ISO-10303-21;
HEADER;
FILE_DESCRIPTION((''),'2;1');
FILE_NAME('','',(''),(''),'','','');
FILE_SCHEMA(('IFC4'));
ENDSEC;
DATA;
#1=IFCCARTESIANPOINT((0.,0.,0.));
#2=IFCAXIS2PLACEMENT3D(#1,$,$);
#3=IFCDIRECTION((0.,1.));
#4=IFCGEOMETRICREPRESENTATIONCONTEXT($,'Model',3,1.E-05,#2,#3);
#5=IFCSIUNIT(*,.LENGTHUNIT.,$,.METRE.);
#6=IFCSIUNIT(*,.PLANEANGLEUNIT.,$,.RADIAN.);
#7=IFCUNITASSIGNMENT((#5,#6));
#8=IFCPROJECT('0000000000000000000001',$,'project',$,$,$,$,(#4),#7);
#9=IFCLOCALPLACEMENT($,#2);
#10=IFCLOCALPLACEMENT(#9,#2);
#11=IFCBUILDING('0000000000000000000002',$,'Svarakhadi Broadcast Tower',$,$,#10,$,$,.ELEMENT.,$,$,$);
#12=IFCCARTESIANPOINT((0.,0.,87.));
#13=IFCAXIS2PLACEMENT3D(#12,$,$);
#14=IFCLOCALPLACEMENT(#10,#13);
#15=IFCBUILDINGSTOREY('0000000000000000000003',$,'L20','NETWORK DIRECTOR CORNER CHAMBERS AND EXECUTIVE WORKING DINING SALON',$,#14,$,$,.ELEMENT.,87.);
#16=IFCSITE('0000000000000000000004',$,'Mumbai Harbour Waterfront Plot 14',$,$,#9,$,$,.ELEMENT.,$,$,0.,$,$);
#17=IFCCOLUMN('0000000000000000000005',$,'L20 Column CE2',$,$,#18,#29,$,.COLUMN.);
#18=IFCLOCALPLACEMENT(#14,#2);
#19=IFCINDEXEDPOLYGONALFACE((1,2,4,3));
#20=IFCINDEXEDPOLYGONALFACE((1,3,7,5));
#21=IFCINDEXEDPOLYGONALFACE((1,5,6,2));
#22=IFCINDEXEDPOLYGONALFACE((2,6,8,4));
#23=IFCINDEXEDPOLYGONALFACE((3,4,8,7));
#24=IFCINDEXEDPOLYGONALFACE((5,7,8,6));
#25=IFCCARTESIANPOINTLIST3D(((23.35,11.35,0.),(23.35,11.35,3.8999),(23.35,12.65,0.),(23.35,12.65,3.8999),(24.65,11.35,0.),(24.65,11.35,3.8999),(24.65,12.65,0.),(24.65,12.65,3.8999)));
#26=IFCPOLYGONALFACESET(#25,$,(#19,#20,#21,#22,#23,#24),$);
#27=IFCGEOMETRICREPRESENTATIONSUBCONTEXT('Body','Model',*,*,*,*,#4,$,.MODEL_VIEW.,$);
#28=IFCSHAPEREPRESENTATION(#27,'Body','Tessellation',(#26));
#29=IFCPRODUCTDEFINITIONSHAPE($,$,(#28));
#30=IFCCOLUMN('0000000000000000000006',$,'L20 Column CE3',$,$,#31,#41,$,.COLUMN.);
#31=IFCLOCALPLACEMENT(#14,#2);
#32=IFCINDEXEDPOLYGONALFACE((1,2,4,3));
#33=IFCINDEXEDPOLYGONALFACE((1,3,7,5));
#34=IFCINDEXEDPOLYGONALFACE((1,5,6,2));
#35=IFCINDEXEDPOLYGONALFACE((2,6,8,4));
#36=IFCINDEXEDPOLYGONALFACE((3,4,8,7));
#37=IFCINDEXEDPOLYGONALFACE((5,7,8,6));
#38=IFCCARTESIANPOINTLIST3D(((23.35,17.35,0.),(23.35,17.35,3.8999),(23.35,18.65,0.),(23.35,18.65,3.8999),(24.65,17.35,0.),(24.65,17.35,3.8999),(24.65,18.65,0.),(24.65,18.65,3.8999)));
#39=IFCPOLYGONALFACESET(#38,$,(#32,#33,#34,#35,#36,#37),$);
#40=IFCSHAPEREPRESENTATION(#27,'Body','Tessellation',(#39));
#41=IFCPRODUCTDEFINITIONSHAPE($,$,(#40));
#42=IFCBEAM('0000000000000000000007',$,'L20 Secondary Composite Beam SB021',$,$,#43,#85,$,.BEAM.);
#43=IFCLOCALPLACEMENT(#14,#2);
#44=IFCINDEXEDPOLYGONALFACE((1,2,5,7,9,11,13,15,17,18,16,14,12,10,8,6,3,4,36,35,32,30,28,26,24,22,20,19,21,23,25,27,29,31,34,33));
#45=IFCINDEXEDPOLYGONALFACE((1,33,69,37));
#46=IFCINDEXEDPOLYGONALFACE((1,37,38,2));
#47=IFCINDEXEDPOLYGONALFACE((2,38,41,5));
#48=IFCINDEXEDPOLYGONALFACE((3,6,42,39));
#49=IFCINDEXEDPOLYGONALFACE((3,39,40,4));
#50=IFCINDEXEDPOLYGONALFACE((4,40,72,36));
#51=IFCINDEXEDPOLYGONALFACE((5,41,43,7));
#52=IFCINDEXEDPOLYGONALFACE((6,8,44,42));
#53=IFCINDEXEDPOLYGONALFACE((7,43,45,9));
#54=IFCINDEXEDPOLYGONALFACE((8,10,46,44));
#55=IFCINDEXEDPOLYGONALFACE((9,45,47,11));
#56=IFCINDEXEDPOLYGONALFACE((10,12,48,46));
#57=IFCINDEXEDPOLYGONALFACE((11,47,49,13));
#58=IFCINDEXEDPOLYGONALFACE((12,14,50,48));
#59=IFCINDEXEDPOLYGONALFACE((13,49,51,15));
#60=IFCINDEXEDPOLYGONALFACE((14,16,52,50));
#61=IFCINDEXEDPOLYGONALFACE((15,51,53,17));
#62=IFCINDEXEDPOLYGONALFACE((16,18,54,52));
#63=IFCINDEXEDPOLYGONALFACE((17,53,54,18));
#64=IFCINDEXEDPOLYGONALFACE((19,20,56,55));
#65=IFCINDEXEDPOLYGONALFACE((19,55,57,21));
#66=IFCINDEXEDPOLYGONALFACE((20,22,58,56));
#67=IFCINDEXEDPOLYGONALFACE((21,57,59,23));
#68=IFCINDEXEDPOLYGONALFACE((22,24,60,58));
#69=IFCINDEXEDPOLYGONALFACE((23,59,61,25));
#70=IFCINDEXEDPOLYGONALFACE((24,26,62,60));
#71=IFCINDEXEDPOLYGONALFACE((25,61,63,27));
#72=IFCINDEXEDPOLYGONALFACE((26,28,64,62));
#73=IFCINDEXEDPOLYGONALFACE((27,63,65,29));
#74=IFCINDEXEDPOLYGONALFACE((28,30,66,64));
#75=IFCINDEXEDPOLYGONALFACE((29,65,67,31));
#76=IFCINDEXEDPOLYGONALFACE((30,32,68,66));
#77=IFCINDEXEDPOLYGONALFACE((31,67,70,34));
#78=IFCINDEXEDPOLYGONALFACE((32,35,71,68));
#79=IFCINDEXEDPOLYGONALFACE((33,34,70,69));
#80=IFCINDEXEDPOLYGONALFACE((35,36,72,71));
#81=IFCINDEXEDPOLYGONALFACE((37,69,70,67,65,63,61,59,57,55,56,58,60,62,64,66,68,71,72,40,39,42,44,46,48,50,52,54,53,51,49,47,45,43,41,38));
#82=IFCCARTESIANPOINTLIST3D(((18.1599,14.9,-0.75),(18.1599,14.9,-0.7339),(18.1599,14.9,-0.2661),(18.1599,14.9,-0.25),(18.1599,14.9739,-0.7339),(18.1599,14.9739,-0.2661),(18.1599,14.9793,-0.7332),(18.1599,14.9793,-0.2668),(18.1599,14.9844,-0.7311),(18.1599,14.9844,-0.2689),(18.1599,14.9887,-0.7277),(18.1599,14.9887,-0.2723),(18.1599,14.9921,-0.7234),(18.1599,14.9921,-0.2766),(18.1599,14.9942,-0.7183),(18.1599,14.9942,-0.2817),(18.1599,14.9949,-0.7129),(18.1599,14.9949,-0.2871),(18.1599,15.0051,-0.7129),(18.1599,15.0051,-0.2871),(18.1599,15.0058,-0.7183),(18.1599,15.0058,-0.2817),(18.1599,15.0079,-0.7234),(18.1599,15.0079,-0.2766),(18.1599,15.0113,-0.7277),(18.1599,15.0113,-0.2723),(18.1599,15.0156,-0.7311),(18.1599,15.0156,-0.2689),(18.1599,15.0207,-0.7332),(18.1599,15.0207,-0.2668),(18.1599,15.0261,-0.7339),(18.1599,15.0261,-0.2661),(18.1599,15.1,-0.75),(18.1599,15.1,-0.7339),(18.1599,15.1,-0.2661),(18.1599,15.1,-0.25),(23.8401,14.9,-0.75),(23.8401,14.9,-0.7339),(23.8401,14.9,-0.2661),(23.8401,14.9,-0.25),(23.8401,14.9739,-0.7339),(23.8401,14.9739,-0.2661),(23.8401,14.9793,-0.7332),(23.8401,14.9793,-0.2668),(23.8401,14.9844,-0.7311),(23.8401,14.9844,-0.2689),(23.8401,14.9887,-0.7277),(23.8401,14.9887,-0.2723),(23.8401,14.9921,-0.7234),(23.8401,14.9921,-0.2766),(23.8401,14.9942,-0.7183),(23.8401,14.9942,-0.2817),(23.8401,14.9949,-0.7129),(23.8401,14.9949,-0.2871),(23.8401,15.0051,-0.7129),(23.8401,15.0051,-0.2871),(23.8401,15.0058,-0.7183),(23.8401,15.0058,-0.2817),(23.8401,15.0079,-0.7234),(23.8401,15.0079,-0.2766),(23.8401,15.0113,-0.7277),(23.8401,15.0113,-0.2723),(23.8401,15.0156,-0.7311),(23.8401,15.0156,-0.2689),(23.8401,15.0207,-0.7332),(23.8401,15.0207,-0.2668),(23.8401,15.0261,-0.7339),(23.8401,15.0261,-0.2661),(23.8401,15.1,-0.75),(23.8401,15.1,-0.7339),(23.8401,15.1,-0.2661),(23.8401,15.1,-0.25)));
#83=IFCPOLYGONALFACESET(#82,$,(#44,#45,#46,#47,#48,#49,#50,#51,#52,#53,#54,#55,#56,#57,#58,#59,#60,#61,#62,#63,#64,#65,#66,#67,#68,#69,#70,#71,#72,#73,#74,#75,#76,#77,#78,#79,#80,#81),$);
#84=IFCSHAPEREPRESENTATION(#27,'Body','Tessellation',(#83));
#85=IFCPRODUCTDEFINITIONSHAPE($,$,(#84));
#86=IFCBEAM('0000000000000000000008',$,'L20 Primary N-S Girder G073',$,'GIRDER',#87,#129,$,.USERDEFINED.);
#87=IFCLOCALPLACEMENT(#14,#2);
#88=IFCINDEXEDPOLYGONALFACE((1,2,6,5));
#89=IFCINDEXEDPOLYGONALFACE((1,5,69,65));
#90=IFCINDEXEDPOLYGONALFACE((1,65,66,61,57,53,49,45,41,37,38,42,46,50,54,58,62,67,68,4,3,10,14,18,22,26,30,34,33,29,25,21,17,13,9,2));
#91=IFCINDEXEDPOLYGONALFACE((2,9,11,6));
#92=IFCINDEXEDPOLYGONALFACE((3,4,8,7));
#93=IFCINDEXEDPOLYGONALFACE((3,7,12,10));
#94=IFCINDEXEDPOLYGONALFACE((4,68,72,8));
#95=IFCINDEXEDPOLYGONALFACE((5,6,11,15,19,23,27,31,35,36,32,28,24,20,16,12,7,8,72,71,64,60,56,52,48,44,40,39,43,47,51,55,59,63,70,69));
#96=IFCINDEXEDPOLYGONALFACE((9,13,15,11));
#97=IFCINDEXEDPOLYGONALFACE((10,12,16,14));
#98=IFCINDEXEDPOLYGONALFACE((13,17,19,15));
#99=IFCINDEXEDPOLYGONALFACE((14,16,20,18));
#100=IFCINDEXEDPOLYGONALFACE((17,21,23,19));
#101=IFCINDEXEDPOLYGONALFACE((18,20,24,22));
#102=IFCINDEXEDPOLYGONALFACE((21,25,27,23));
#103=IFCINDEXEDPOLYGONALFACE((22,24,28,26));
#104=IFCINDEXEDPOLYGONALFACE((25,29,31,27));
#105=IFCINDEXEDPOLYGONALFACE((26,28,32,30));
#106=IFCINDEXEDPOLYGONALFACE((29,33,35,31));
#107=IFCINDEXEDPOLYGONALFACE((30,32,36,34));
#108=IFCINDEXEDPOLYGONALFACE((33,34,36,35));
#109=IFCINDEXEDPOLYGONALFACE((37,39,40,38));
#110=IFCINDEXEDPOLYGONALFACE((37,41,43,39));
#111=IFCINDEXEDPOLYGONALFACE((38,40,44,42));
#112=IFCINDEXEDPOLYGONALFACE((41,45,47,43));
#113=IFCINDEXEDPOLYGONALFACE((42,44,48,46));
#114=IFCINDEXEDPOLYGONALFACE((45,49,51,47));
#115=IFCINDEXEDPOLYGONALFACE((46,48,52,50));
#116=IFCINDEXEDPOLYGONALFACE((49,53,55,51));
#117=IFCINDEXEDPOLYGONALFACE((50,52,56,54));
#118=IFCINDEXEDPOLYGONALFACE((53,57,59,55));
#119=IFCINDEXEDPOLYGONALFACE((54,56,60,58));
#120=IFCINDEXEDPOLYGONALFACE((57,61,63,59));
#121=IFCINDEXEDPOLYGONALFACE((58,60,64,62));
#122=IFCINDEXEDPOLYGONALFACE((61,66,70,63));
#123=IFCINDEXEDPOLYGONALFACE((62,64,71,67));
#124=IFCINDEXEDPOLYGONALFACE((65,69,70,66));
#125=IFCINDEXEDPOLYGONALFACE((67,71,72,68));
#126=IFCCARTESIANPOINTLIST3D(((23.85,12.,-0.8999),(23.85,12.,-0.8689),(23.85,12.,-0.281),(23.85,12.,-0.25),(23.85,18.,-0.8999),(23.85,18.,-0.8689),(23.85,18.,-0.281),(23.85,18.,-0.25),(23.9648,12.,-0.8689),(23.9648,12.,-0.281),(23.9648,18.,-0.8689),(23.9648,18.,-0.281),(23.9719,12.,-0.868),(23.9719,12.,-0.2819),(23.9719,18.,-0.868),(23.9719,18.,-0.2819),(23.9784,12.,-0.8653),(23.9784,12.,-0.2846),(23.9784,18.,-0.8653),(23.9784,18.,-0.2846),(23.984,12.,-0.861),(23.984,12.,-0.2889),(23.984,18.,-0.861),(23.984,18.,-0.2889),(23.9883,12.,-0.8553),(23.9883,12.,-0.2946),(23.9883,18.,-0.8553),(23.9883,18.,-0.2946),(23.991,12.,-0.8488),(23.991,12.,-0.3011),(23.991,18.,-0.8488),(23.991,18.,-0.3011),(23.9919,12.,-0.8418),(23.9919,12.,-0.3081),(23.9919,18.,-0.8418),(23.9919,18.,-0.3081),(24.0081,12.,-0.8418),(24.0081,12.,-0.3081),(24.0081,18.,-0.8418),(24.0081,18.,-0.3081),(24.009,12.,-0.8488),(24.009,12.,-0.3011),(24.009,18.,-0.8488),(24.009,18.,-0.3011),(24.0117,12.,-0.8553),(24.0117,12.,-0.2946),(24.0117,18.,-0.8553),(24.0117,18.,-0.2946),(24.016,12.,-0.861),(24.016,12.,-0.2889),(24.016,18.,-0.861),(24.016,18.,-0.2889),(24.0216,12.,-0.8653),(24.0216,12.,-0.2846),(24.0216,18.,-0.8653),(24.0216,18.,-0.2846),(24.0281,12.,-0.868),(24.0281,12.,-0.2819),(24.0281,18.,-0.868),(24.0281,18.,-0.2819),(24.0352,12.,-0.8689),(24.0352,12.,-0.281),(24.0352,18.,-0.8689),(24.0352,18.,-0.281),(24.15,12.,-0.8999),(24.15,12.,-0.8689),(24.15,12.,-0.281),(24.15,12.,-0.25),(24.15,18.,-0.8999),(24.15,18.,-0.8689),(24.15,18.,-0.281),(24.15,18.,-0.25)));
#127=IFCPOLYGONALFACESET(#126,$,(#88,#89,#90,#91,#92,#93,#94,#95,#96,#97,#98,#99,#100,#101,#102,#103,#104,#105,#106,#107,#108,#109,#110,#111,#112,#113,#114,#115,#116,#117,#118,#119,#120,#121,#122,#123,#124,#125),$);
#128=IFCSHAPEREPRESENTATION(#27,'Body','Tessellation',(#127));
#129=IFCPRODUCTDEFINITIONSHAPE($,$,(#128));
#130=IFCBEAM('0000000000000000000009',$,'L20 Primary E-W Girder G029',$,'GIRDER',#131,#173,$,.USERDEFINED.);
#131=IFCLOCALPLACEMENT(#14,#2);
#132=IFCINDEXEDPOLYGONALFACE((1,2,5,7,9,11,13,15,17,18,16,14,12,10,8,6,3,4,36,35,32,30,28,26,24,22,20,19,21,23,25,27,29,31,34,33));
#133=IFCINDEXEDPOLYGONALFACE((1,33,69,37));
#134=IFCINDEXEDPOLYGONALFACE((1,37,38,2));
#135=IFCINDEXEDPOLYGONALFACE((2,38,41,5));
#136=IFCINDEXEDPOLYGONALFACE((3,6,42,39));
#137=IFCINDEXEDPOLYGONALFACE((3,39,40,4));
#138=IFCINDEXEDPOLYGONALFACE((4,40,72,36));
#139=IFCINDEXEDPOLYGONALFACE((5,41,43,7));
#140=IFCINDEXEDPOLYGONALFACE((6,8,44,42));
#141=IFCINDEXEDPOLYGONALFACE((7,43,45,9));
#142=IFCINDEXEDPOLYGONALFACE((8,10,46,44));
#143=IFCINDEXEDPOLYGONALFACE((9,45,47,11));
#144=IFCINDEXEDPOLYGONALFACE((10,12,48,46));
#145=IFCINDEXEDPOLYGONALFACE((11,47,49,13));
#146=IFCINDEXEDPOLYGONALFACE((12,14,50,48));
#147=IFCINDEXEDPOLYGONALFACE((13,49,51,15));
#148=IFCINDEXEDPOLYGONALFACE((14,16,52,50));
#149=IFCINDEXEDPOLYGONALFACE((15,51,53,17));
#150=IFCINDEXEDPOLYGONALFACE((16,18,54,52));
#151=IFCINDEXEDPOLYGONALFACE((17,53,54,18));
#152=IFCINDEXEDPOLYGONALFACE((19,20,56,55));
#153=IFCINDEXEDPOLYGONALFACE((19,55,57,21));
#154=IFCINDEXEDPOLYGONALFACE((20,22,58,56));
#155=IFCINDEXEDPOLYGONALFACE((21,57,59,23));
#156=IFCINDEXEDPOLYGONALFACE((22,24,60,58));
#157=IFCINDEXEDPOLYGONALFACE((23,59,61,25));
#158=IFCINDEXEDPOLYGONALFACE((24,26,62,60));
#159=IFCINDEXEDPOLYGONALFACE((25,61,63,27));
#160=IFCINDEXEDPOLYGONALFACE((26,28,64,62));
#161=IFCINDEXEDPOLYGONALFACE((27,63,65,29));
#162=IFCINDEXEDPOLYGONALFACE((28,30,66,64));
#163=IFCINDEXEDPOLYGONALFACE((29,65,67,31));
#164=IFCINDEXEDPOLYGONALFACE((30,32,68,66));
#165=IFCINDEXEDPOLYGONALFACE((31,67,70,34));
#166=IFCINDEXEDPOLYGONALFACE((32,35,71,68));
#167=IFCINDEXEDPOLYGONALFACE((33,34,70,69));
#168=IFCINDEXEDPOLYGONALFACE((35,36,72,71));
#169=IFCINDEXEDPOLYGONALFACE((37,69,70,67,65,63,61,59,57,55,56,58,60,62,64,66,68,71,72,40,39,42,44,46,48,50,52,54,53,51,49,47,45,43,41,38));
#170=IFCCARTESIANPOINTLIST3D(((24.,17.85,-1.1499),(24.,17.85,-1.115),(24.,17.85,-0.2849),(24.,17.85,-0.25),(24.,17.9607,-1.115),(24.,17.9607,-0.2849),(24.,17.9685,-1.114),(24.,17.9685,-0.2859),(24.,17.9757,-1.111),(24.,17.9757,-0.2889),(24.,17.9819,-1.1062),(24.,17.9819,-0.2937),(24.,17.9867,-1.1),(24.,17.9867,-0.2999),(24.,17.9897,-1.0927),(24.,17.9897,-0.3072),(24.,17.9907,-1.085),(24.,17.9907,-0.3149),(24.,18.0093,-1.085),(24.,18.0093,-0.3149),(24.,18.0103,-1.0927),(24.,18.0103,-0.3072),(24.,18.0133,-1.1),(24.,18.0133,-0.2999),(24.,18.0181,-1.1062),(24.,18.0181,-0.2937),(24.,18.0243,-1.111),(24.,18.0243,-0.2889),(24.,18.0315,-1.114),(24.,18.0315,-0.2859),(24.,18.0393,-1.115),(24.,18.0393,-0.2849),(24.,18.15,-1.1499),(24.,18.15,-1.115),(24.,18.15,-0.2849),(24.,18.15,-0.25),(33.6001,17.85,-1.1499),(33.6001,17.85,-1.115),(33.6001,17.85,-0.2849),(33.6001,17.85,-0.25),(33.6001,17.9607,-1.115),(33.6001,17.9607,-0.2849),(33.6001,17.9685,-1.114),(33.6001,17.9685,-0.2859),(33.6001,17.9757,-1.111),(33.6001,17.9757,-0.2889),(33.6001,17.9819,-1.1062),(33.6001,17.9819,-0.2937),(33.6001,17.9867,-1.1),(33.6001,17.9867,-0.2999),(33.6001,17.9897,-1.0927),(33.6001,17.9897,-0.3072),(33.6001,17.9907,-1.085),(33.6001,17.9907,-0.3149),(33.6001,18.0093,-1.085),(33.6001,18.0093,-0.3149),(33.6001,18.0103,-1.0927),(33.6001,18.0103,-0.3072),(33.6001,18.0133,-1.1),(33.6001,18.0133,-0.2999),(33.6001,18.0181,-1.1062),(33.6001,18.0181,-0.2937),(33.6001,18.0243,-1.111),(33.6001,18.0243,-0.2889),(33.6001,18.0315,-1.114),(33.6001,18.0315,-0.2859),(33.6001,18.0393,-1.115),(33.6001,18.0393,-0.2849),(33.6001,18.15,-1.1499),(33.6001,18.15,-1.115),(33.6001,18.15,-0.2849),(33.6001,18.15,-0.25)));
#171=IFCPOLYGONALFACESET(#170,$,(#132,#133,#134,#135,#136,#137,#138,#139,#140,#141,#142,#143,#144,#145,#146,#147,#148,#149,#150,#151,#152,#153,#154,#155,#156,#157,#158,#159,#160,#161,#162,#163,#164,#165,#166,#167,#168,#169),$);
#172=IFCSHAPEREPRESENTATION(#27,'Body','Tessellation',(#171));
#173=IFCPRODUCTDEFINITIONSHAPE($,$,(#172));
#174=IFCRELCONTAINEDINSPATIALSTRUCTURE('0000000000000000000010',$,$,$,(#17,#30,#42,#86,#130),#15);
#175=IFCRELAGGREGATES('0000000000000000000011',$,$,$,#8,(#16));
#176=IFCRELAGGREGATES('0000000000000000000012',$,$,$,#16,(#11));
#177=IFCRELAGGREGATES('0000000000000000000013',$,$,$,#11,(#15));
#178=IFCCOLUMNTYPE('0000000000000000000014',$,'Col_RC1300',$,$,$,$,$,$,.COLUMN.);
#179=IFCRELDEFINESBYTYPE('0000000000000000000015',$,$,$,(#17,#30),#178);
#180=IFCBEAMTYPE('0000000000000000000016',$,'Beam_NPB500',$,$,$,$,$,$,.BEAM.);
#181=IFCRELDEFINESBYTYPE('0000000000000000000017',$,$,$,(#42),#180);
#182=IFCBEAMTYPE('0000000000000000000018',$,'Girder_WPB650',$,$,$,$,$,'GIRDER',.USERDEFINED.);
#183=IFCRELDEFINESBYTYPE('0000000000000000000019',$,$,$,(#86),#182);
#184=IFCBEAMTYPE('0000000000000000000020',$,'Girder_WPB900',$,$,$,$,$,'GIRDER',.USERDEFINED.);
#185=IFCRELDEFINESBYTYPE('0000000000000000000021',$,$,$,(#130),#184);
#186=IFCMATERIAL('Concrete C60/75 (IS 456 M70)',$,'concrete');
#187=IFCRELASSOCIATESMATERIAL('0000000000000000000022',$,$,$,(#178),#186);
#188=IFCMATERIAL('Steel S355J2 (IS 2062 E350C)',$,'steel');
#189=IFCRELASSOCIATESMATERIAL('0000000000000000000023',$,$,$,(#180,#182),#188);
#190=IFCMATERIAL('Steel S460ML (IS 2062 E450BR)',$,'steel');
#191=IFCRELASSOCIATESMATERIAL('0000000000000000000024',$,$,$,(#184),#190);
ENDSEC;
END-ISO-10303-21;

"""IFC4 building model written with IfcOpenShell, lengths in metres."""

from ifc_helpers import new_model, si_unit, direction, frame, origin, origin_2d, place, context, subcontext, project, spatial, rectangle, i_section, extrude, material, material_profile, profile_set, type_object, element, save


model = new_model("IFC4")

# Units and contexts
model_context = context("Model", 3, precision=1e-05, world=origin(), true_north=direction((0.0, 1.0)))
body_context = subcontext(model_context, "Body", "Model", "MODEL_VIEW")
ifc_project = project(units=[si_unit("LENGTHUNIT", "METRE"), si_unit("PLANEANGLEUNIT", "RADIAN")], contexts=[model_context])

# Site, building, storey
site_placement = place(None, origin())
site = spatial("IfcSite", under=ifc_project, at=site_placement, Name="Mumbai Harbour Waterfront Plot 14", CompositionType="ELEMENT", RefElevation=0.0)
building_placement = place(site_placement, origin())
building = spatial("IfcBuilding", under=site, at=building_placement, Name="Svarakhadi Broadcast Tower", CompositionType="ELEMENT")
storey_placement = place(building_placement, frame((0.0, 0.0, 87.0)))
storey = spatial("IfcBuildingStorey", under=building, at=storey_placement, Name="L20", Description="NETWORK DIRECTOR CORNER CHAMBERS AND EXECUTIVE WORKING DINING SALON", CompositionType="ELEMENT", Elevation=87.0)

# Columns
ifc_material_1 = material(Name="Concrete C60/75 (IS 456 M70)", Category="concrete")
ifc_material_profile_1 = material_profile(ifc_material_1, rectangle(XDim=1.3, YDim=1.3, at=origin_2d()), Name="RC 1300x1300")
ifc_profile_set_1 = profile_set([ifc_material_profile_1], Name="Concrete C60/75 (IS 456 M70)")
column_type = type_object("IfcColumnType", Name="Col_RC1300", PredefinedType="COLUMN", material=ifc_profile_set_1)
for number, where, z_axis, x_axis, name in (
    (1, (24.0, 12.0, 0.0), (0.0, 0.0, 1.0), (1.0, 0.0, 0.0), "L20 Column CE2"),
    (2, (24.0, 18.0, 0.0), (0.0, 0.0, 1.0), (1.0, 0.0, 0.0), "L20 Column CE3"),
):
    element("IfcColumn", number, at=place(storey_placement, frame(where, z_axis=z_axis, x_axis=x_axis)), inside=storey, type_object=column_type, Name=name, PredefinedType="COLUMN", context=body_context, shape_type="SweptSolid", body=[
        extrude(rectangle(XDim=1.3, YDim=1.3, at=origin_2d()), origin(), (0.0, 0.0, 1.0), 3.8999),
    ])

# Beams
ifc_material_2 = material(Name="Steel S355J2 (IS 2062 E350C)", Category="steel")
ifc_material_profile_2 = material_profile(ifc_material_2, i_section(OverallWidth=0.2, OverallDepth=0.5, WebThickness=0.0103, FlangeThickness=0.0161, FilletRadius=0.021, at=origin_2d()), Name="NPB 500x200x91")
ifc_profile_set_2 = profile_set([ifc_material_profile_2], Name="Steel S355J2 (IS 2062 E350C)")
beam_type_1 = type_object("IfcBeamType", Name="Beam_NPB500", PredefinedType="BEAM", material=ifc_profile_set_2)
beam_1_placement = place(storey_placement, frame((18.1599, 15.0, -0.5), z_axis=(1.0, 0.0, 0.0), x_axis=(0.0, 1.0, 0.0)))
element("IfcBeam", 3, at=beam_1_placement, inside=storey, type_object=beam_type_1, Name="L20 Secondary Composite Beam SB021", PredefinedType="BEAM", context=body_context, shape_type="SweptSolid", body=[
    extrude(i_section(OverallWidth=0.2, OverallDepth=0.5, WebThickness=0.0103, FlangeThickness=0.0161, FilletRadius=0.021, at=origin_2d()), origin(), (0.0, 0.0, 1.0), 5.6802),
])
ifc_material_profile_3 = material_profile(ifc_material_2, i_section(OverallWidth=0.3, OverallDepth=0.6499, WebThickness=0.0161, FlangeThickness=0.031, FilletRadius=0.0271, at=origin_2d()), Name="WPB 650x300x225")
ifc_profile_set_3 = profile_set([ifc_material_profile_3], Name="Steel S355J2 (IS 2062 E350C)")
beam_type_2 = type_object("IfcBeamType", Name="Girder_WPB650", ElementType="GIRDER", PredefinedType="USERDEFINED", material=ifc_profile_set_3)
beam_2_placement = place(storey_placement, frame((24.0, 12.0, -0.575), z_axis=(0.0, 1.0, 0.0), x_axis=(-1.0, 0.0, 0.0)))
element("IfcBeam", 4, at=beam_2_placement, inside=storey, type_object=beam_type_2, Name="L20 Primary N-S Girder G073", ObjectType="GIRDER", PredefinedType="USERDEFINED", context=body_context, shape_type="SweptSolid", body=[
    extrude(i_section(OverallWidth=0.3, OverallDepth=0.6499, WebThickness=0.0161, FlangeThickness=0.031, FilletRadius=0.0271, at=origin_2d()), origin(), (0.0, 0.0, 1.0), 6.0),
])
ifc_material_3 = material(Name="Steel S460ML (IS 2062 E450BR)", Category="steel")
ifc_material_profile_4 = material_profile(ifc_material_3, i_section(OverallWidth=0.3, OverallDepth=0.8999, WebThickness=0.0186, FlangeThickness=0.0349, FilletRadius=0.03, at=origin_2d()), Name="WPB 900x300x291")
ifc_profile_set_4 = profile_set([ifc_material_profile_4], Name="Steel S460ML (IS 2062 E450BR)")
beam_type_3 = type_object("IfcBeamType", Name="Girder_WPB900", ElementType="GIRDER", PredefinedType="USERDEFINED", material=ifc_profile_set_4)
for number, where, z_axis, x_axis, name in (
    (5, (24.0, 18.0, -0.7), (1.0, 0.0, 0.0), (0.0, 1.0, 0.0), "L20 Primary E-W Girder G029"),
):
    element("IfcBeam", number, at=place(storey_placement, frame(where, z_axis=z_axis, x_axis=x_axis)), inside=storey, type_object=beam_type_3, Name=name, ObjectType="GIRDER", PredefinedType="USERDEFINED", context=body_context, shape_type="SweptSolid", body=[
        extrude(i_section(OverallWidth=0.3, OverallDepth=0.8999, WebThickness=0.0186, FlangeThickness=0.0349, FilletRadius=0.03, at=origin_2d()), origin(), (0.0, 0.0, 1.0), 9.6001),
    ])

save(model, "model.ifc")
